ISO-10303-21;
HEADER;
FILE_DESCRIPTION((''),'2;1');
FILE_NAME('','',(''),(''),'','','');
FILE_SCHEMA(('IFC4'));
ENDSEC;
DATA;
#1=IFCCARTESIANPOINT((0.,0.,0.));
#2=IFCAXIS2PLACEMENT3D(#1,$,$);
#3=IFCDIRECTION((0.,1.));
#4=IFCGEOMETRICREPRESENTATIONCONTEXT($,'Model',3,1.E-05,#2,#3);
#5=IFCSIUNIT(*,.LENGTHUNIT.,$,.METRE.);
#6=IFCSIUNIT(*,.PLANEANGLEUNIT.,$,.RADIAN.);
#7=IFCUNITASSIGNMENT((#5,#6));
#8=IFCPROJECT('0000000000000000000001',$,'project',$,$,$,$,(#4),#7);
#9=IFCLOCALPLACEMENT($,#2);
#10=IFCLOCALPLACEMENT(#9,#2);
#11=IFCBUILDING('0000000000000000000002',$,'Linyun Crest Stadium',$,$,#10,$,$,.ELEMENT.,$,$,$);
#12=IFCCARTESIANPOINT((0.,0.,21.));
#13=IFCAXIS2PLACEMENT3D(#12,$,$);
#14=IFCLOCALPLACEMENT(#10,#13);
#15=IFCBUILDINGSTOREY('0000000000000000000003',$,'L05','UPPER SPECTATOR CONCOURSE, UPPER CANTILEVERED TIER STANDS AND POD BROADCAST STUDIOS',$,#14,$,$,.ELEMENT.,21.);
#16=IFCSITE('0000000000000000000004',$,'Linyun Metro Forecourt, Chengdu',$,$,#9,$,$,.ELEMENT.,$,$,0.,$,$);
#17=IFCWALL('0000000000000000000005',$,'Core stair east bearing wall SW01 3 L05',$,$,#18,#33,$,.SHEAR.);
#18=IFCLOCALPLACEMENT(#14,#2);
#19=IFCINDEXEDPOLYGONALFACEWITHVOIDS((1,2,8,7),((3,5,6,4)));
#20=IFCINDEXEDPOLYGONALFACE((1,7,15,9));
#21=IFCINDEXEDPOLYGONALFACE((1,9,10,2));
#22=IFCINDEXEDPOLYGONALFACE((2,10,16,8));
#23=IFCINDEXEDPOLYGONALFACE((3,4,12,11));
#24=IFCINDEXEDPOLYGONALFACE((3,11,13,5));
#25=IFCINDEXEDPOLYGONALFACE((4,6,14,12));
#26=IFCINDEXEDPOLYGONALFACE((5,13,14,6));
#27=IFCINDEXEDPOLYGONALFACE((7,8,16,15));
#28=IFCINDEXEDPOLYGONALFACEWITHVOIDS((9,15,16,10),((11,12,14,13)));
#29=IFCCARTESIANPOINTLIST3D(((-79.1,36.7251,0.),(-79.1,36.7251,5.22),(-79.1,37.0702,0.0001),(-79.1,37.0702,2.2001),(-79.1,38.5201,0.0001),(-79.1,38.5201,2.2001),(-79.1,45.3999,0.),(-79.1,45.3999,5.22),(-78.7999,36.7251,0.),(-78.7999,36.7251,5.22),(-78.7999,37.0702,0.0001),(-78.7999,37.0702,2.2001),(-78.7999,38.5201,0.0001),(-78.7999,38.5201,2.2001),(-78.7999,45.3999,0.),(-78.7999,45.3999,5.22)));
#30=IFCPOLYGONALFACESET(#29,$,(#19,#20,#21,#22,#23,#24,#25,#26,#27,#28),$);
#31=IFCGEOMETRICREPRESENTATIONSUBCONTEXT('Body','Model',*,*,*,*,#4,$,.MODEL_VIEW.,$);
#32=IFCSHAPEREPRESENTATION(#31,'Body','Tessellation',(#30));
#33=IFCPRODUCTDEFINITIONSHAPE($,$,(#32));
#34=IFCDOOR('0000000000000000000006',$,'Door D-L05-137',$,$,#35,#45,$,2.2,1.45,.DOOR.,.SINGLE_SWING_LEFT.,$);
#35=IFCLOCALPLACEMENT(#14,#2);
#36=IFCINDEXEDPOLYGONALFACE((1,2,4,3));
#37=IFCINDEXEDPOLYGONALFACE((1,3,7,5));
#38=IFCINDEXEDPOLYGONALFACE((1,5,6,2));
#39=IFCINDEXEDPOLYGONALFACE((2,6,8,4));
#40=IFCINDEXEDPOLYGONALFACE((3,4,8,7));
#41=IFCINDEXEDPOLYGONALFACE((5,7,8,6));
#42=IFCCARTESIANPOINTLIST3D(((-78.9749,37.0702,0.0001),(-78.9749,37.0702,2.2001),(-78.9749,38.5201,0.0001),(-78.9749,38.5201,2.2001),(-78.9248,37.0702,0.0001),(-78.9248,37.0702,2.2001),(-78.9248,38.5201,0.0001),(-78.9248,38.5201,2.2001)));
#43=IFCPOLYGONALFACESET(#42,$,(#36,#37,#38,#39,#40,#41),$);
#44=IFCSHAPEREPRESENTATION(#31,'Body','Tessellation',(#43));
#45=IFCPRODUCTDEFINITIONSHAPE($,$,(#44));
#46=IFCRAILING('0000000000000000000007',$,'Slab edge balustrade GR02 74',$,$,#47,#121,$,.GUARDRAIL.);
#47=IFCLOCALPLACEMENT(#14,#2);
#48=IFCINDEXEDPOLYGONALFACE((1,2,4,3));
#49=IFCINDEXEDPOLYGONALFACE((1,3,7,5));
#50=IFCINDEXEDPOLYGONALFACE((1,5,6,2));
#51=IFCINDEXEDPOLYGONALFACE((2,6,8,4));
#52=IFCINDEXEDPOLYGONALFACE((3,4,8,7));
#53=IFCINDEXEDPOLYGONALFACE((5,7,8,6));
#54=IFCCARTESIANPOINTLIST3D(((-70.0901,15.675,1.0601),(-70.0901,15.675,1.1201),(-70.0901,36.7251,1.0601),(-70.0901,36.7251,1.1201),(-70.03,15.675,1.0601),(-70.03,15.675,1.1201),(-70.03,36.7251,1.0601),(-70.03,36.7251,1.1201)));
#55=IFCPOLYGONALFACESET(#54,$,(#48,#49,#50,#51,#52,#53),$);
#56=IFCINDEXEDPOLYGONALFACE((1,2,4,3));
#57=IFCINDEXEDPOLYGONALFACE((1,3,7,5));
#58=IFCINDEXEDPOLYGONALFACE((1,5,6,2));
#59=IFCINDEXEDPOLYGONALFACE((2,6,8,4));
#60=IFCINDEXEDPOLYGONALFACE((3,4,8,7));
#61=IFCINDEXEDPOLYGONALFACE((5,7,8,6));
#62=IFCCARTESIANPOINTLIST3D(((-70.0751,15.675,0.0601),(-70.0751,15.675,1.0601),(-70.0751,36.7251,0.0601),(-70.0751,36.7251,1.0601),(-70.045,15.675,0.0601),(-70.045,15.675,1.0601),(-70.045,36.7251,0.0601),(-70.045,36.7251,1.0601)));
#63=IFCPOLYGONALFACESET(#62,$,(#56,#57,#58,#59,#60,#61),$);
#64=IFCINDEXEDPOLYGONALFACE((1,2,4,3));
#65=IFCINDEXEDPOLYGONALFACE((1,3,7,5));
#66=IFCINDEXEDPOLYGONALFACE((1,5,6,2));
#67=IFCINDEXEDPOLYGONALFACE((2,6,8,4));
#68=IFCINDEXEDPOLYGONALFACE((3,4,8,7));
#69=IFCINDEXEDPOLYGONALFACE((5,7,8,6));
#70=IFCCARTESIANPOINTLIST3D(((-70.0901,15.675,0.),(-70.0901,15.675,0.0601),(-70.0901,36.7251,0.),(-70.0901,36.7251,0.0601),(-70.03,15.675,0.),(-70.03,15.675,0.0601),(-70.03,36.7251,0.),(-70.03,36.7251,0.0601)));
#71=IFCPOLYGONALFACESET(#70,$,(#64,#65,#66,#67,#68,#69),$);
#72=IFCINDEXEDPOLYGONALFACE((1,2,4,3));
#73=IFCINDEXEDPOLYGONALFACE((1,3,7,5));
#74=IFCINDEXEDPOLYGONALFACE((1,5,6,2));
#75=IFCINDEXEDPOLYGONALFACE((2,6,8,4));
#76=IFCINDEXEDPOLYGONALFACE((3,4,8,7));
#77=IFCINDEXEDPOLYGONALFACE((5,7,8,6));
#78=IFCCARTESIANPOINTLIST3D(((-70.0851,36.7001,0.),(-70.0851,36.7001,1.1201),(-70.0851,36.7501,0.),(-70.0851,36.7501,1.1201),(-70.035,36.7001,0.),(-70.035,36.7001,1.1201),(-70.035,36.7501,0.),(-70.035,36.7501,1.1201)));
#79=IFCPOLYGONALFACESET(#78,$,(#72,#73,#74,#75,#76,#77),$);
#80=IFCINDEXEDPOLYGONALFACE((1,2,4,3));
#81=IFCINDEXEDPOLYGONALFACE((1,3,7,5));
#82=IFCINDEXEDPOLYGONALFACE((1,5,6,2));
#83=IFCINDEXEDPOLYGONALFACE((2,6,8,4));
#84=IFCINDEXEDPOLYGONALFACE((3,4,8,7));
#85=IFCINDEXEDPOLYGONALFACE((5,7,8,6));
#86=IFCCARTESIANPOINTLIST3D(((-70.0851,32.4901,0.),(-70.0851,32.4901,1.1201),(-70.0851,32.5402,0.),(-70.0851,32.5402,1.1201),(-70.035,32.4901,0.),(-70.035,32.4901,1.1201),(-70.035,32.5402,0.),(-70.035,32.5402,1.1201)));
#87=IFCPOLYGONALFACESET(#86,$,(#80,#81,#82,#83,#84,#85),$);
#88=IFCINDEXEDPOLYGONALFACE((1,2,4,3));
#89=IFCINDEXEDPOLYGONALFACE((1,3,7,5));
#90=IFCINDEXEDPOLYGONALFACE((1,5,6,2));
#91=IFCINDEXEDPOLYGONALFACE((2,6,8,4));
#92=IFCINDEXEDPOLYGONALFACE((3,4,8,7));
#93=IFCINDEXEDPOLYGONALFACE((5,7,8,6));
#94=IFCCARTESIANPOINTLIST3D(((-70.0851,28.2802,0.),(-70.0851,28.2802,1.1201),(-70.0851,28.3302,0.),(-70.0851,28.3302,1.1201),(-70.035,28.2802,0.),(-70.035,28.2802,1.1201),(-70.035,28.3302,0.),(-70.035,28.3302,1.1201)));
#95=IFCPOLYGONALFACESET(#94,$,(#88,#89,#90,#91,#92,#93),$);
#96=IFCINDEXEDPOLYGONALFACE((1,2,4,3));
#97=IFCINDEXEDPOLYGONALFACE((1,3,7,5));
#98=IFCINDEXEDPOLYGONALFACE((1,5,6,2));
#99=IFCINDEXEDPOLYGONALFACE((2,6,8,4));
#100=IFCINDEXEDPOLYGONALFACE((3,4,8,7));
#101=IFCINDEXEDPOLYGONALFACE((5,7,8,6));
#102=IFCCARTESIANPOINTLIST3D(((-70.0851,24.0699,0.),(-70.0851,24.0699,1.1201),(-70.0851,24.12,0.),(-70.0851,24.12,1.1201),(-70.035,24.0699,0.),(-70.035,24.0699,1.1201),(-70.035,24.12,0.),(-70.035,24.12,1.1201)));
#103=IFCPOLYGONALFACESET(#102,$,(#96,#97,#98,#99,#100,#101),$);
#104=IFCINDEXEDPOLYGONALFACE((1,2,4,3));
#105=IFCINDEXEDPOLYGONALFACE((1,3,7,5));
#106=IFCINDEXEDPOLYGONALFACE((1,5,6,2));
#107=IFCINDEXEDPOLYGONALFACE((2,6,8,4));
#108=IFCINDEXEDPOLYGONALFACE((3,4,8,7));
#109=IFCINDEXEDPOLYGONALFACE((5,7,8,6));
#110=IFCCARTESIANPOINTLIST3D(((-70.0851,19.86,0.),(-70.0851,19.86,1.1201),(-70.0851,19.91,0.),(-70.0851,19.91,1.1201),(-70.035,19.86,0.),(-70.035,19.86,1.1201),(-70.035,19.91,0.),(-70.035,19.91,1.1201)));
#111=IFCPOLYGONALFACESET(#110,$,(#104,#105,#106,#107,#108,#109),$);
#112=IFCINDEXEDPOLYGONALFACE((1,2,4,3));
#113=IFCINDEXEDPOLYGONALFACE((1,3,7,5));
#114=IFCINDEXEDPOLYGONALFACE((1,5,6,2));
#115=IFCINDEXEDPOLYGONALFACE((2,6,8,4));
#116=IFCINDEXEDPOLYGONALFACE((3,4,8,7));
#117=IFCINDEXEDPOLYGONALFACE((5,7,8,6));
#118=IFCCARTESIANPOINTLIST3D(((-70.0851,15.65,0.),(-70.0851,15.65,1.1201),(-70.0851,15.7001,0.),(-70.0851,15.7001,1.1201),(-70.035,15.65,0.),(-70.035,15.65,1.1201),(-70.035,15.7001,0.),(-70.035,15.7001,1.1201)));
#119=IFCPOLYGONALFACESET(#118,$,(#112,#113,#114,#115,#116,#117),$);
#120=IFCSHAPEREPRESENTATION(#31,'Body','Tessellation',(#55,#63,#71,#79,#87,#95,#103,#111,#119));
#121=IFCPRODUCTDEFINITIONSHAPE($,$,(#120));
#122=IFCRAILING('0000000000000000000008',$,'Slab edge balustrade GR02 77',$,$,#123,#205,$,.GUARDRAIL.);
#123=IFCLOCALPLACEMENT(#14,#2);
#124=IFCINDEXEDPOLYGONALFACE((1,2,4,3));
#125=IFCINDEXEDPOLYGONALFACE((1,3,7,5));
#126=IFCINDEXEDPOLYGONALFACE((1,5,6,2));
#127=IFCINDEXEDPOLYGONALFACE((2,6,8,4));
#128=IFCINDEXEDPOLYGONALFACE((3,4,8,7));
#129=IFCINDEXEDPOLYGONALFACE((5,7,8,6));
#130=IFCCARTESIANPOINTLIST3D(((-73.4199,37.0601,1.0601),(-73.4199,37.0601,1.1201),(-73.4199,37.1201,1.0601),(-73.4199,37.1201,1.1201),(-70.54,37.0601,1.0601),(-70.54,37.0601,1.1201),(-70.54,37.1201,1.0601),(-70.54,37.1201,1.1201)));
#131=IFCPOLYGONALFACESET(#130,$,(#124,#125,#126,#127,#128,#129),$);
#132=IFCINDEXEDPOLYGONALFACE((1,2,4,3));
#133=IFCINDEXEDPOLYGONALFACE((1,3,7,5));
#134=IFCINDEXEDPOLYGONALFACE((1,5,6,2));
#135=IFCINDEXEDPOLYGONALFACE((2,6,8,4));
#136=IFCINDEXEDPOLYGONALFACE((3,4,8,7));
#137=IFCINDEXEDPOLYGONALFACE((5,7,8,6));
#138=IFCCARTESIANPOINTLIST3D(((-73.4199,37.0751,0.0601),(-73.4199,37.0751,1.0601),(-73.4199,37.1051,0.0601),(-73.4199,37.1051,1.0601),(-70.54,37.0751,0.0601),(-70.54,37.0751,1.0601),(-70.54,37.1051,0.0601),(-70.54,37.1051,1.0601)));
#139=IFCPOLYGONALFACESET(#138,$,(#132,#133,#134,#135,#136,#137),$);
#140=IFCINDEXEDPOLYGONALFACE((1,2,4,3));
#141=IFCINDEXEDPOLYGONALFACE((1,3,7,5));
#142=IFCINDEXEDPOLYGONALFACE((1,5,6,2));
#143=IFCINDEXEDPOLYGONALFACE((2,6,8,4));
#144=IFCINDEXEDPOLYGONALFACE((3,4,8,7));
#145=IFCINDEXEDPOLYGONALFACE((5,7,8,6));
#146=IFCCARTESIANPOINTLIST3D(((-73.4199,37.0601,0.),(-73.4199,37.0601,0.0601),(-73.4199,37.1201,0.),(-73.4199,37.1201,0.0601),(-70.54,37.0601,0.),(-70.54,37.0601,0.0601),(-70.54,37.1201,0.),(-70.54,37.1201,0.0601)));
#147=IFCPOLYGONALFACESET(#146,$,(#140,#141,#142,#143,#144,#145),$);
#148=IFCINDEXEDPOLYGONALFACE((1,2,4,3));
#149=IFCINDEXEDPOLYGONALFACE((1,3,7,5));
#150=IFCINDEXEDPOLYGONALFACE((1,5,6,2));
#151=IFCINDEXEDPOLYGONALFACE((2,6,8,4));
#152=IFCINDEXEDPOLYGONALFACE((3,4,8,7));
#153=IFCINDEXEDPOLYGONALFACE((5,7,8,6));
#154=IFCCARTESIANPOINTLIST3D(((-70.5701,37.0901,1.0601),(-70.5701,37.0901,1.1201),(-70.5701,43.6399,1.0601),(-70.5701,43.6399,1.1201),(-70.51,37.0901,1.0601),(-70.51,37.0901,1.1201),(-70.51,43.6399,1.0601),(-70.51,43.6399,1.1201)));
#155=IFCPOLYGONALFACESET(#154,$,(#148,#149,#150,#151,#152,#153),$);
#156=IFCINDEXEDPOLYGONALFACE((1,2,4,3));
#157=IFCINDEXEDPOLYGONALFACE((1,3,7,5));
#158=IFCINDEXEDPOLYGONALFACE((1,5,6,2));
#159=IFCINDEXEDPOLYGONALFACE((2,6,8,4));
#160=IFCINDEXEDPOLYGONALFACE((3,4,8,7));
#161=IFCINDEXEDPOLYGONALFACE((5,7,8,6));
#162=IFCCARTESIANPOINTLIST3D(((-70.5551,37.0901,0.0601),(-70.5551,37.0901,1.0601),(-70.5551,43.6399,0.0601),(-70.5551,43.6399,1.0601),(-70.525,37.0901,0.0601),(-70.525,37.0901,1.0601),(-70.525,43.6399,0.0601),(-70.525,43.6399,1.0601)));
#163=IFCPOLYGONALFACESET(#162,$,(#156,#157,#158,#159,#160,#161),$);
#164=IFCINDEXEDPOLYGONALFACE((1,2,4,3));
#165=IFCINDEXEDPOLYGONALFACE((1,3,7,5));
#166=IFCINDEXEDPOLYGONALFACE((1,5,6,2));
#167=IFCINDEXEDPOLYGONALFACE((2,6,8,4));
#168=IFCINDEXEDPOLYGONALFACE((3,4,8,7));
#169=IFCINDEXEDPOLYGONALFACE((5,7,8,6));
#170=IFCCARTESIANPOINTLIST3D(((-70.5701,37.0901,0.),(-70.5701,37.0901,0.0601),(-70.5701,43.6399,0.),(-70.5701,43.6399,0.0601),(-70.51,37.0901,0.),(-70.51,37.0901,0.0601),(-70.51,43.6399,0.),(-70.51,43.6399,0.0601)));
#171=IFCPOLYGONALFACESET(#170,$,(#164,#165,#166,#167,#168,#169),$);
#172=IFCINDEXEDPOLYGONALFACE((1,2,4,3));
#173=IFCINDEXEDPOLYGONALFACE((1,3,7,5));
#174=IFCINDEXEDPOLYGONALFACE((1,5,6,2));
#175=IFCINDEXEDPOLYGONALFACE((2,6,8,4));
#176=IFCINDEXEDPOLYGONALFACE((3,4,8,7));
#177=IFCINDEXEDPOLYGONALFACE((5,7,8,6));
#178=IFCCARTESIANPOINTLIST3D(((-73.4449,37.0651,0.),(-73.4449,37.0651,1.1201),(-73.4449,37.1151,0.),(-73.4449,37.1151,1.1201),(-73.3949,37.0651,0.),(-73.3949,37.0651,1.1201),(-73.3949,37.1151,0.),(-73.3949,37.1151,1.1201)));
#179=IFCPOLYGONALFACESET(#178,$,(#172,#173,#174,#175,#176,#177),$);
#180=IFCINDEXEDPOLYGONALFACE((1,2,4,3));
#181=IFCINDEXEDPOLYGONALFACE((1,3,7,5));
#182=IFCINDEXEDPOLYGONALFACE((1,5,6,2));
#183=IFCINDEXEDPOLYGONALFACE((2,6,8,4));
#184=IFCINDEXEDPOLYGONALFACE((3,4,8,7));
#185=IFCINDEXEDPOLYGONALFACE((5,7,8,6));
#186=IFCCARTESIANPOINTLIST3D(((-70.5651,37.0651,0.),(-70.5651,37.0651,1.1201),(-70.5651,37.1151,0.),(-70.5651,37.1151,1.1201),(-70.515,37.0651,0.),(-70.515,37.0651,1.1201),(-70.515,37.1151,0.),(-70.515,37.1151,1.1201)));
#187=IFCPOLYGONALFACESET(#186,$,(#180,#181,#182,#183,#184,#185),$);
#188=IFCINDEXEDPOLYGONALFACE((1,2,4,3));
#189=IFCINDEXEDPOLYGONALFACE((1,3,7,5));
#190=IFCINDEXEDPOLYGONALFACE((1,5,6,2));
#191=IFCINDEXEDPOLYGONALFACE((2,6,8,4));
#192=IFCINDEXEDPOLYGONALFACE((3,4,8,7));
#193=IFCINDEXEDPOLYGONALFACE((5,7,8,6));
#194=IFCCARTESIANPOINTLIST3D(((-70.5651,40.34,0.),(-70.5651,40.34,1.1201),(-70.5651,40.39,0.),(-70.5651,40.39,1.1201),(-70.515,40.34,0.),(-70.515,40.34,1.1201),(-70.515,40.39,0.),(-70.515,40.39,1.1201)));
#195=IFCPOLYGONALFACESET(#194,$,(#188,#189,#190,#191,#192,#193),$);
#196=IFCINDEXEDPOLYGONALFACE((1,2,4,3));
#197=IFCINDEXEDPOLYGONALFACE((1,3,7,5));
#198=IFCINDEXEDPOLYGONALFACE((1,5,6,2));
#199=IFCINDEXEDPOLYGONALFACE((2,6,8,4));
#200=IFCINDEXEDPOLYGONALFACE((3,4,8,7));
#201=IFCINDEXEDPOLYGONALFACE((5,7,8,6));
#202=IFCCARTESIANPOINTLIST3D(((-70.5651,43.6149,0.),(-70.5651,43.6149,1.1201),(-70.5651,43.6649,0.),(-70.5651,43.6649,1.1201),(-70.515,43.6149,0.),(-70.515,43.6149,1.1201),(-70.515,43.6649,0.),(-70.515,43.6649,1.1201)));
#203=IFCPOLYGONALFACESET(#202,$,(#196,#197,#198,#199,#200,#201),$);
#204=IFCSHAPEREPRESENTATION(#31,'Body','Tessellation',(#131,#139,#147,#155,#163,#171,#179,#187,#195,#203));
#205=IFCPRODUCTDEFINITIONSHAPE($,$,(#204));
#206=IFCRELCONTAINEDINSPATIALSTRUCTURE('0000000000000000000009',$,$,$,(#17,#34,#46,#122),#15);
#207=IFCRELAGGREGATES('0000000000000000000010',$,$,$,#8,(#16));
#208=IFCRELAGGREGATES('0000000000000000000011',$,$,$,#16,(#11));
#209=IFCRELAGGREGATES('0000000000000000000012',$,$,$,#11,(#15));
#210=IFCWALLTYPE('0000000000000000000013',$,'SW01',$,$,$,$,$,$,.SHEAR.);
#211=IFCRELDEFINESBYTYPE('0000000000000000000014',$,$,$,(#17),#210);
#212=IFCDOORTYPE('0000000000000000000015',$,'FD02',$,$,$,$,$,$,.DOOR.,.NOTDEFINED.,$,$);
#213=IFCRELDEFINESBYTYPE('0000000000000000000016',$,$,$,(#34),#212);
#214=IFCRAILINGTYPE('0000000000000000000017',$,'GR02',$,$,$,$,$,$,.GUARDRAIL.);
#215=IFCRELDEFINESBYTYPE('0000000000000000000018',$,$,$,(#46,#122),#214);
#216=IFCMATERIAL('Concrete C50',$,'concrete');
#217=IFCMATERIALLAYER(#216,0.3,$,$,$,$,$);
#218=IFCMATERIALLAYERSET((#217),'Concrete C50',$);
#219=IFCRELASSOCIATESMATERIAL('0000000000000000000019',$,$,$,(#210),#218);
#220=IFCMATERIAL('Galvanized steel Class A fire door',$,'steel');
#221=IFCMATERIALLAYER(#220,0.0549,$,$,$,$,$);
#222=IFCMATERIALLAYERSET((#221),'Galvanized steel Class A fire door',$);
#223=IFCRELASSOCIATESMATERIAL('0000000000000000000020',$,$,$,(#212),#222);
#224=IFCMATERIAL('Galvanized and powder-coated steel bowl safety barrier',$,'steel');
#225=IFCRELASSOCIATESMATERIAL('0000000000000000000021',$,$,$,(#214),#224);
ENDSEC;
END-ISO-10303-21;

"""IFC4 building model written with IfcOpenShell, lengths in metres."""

from ifc_helpers import new_model, si_unit, direction, frame, frame_2d, origin, origin_2d, place, context, subcontext, project, spatial, rectangle, extrude, material, layer, layer_set, type_object, element, fill, save


model = new_model("IFC4")

# Units and contexts
model_context = context("Model", 3, precision=1e-05, world=origin(), true_north=direction((0.0, 1.0)))
body_context = subcontext(model_context, "Body", "Model", "MODEL_VIEW")
ifc_project = project(units=[si_unit("LENGTHUNIT", "METRE"), si_unit("PLANEANGLEUNIT", "RADIAN")], contexts=[model_context])

# Site, building, storey
site_placement = place(None, origin())
site = spatial("IfcSite", under=ifc_project, at=site_placement, Name="Linyun Metro Forecourt, Chengdu", CompositionType="ELEMENT", RefElevation=0.0)
building_placement = place(site_placement, origin())
building = spatial("IfcBuilding", under=site, at=building_placement, Name="Linyun Crest Stadium", CompositionType="ELEMENT")
storey_placement = place(building_placement, frame((0.0, 0.0, 21.0)))
storey = spatial("IfcBuildingStorey", under=building, at=storey_placement, Name="L05", Description="UPPER SPECTATOR CONCOURSE, UPPER CANTILEVERED TIER STANDS AND POD BROADCAST STUDIOS", CompositionType="ELEMENT", Elevation=21.0)

# Wall, opening, door
ifc_material_1 = material(Name="Concrete C50", Category="concrete")
ifc_layer_1 = layer(ifc_material_1, 0.3)
ifc_layer_set_1 = layer_set([ifc_layer_1], Name="Concrete C50")
wall_type_1 = type_object("IfcWallType", Name="SW01", PredefinedType="SHEAR", material=ifc_layer_set_1)
wall_1_placement = place(storey_placement, frame((-78.95, 36.7251, 0.0), z_axis=(0.0, 0.0, 1.0), x_axis=(0.0, 1.0, 0.0)))
wall_1 = element("IfcWall", 1, at=wall_1_placement, inside=storey, type_object=wall_type_1, Name="Core stair east bearing wall SW01 3 L05", PredefinedType="SHEAR", context=body_context, shape_type="SweptSolid", body=[
    extrude(rectangle(XDim=8.6748, YDim=0.3, at=frame_2d((4.3374, 0.0))), origin(), (0.0, 0.0, 1.0), 5.22),
])
opening_1_placement = place(wall_1_placement, frame((0.345, 0.0, 0.0)))
opening_1 = element("IfcOpeningElement", 2, at=opening_1_placement, cuts=wall_1, PredefinedType="OPENING", context=body_context, shape_type="SweptSolid", body=[
    extrude(rectangle(XDim=1.45, YDim=2.2, at=frame_2d((0.7251, 1.1001))), frame((0.0, 0.1599, 0.0), z_axis=(0.0, -1.0, 0.0), x_axis=(1.0, 0.0, 0.0)), (0.0, 0.0, 1.0), 0.3201),
])
ifc_material_2 = material(Name="Galvanized steel Class A fire door", Category="steel")
ifc_layer_2 = layer(ifc_material_2, 0.0549)
ifc_layer_set_2 = layer_set([ifc_layer_2], Name="Galvanized steel Class A fire door")
door_type_1 = type_object("IfcDoorType", Name="FD02", OperationType="NOTDEFINED", PredefinedType="DOOR", material=ifc_layer_set_2)
door_1_placement = place(opening_1_placement, origin())
door_1 = element("IfcDoor", 3, at=door_1_placement, inside=storey, type_object=door_type_1, Name="Door D-L05-137", OperationType="SINGLE_SWING_LEFT", OverallHeight=2.2, OverallWidth=1.45, PredefinedType="DOOR", context=body_context, shape_type="SweptSolid", body=[
    extrude(rectangle(XDim=1.45, YDim=2.2, at=frame_2d((0.7251, 1.1001))), frame((0.0, 0.0249, 0.0), z_axis=(0.0, -1.0, 0.0), x_axis=(1.0, 0.0, 0.0)), (0.0, 0.0, 1.0), 0.05),
])
fill(opening_1, door_1)

# Railings
ifc_material_3 = material(Name="Galvanized and powder-coated steel bowl safety barrier", Category="steel")
railing_type_1 = type_object("IfcRailingType", Name="GR02", PredefinedType="GUARDRAIL", material=ifc_material_3)
railing_1_placement = place(storey_placement, frame((-70.0601, 36.7251, 0.0)))
element("IfcRailing", 4, at=railing_1_placement, inside=storey, type_object=railing_type_1, Name="Slab edge balustrade GR02 74", PredefinedType="GUARDRAIL", context=body_context, shape_type="SweptSolid", body=[
    extrude(rectangle(XDim=0.0601, YDim=0.0601, at=origin_2d()), frame((0.0, 0.0, 1.0901), z_axis=(0.0, -1.0, 0.0), x_axis=(1.0, 0.0, 0.0)), (0.0, 0.0, 1.0), 21.05),
    extrude(rectangle(XDim=0.03, YDim=1.0, at=origin_2d()), frame((0.0, 0.0, 0.5601), z_axis=(0.0, -1.0, 0.0), x_axis=(1.0, 0.0, 0.0)), (0.0, 0.0, 1.0), 21.05),
    extrude(rectangle(XDim=0.0601, YDim=0.0601, at=origin_2d()), frame((0.0, 0.0, 0.03), z_axis=(0.0, -1.0, 0.0), x_axis=(1.0, 0.0, 0.0)), (0.0, 0.0, 1.0), 21.05),
    extrude(rectangle(XDim=0.05, YDim=0.05, at=origin_2d()), origin(), (0.0, 0.0, 1.0), 1.1201),
    extrude(rectangle(XDim=0.05, YDim=0.05, at=origin_2d()), frame((0.0, -4.21, 0.0)), (0.0, 0.0, 1.0), 1.1201),
    extrude(rectangle(XDim=0.05, YDim=0.05, at=origin_2d()), frame((0.0, -8.4199, 0.0)), (0.0, 0.0, 1.0), 1.1201),
    extrude(rectangle(XDim=0.05, YDim=0.05, at=origin_2d()), frame((0.0, -12.6301, 0.0)), (0.0, 0.0, 1.0), 1.1201),
    extrude(rectangle(XDim=0.05, YDim=0.05, at=origin_2d()), frame((0.0, -16.8401, 0.0)), (0.0, 0.0, 1.0), 1.1201),
    extrude(rectangle(XDim=0.05, YDim=0.05, at=origin_2d()), frame((0.0, -21.05, 0.0)), (0.0, 0.0, 1.0), 1.1201),
])
railing_2_placement = place(storey_placement, frame((-73.4199, 37.0901, 0.0)))
element("IfcRailing", 5, at=railing_2_placement, inside=storey, type_object=railing_type_1, Name="Slab edge balustrade GR02 77", PredefinedType="GUARDRAIL", context=body_context, shape_type="SweptSolid", body=[
    extrude(rectangle(XDim=0.0601, YDim=0.0601, at=origin_2d()), frame((0.0, 0.0, 1.0901), z_axis=(1.0, 0.0, 0.0), x_axis=(0.0, 1.0, 0.0)), (0.0, 0.0, 1.0), 2.8799),
    extrude(rectangle(XDim=0.03, YDim=1.0, at=origin_2d()), frame((0.0, 0.0, 0.5601), z_axis=(1.0, 0.0, 0.0), x_axis=(0.0, 1.0, 0.0)), (0.0, 0.0, 1.0), 2.8799),
    extrude(rectangle(XDim=0.0601, YDim=0.0601, at=origin_2d()), frame((0.0, 0.0, 0.03), z_axis=(1.0, 0.0, 0.0), x_axis=(0.0, 1.0, 0.0)), (0.0, 0.0, 1.0), 2.8799),
    extrude(rectangle(XDim=0.0601, YDim=0.0601, at=origin_2d()), frame((2.8799, 0.0, 1.0901), z_axis=(0.0, 1.0, 0.0), x_axis=(-1.0, 0.0, 0.0)), (0.0, 0.0, 1.0), 6.5498),
    extrude(rectangle(XDim=0.03, YDim=1.0, at=origin_2d()), frame((2.8799, 0.0, 0.5601), z_axis=(0.0, 1.0, 0.0), x_axis=(-1.0, 0.0, 0.0)), (0.0, 0.0, 1.0), 6.5498),
    extrude(rectangle(XDim=0.0601, YDim=0.0601, at=origin_2d()), frame((2.8799, 0.0, 0.03), z_axis=(0.0, 1.0, 0.0), x_axis=(-1.0, 0.0, 0.0)), (0.0, 0.0, 1.0), 6.5498),
    extrude(rectangle(XDim=0.05, YDim=0.05, at=origin_2d()), origin(), (0.0, 0.0, 1.0), 1.1201),
    extrude(rectangle(XDim=0.05, YDim=0.05, at=origin_2d()), frame((2.8799, 0.0, 0.0)), (0.0, 0.0, 1.0), 1.1201),
    extrude(rectangle(XDim=0.05, YDim=0.05, at=origin_2d()), frame((2.8799, 3.2749, 0.0)), (0.0, 0.0, 1.0), 1.1201),
    extrude(rectangle(XDim=0.05, YDim=0.05, at=origin_2d()), frame((2.8799, 6.5498, 0.0)), (0.0, 0.0, 1.0), 1.1201),
])

save(model, "model.ifc")
